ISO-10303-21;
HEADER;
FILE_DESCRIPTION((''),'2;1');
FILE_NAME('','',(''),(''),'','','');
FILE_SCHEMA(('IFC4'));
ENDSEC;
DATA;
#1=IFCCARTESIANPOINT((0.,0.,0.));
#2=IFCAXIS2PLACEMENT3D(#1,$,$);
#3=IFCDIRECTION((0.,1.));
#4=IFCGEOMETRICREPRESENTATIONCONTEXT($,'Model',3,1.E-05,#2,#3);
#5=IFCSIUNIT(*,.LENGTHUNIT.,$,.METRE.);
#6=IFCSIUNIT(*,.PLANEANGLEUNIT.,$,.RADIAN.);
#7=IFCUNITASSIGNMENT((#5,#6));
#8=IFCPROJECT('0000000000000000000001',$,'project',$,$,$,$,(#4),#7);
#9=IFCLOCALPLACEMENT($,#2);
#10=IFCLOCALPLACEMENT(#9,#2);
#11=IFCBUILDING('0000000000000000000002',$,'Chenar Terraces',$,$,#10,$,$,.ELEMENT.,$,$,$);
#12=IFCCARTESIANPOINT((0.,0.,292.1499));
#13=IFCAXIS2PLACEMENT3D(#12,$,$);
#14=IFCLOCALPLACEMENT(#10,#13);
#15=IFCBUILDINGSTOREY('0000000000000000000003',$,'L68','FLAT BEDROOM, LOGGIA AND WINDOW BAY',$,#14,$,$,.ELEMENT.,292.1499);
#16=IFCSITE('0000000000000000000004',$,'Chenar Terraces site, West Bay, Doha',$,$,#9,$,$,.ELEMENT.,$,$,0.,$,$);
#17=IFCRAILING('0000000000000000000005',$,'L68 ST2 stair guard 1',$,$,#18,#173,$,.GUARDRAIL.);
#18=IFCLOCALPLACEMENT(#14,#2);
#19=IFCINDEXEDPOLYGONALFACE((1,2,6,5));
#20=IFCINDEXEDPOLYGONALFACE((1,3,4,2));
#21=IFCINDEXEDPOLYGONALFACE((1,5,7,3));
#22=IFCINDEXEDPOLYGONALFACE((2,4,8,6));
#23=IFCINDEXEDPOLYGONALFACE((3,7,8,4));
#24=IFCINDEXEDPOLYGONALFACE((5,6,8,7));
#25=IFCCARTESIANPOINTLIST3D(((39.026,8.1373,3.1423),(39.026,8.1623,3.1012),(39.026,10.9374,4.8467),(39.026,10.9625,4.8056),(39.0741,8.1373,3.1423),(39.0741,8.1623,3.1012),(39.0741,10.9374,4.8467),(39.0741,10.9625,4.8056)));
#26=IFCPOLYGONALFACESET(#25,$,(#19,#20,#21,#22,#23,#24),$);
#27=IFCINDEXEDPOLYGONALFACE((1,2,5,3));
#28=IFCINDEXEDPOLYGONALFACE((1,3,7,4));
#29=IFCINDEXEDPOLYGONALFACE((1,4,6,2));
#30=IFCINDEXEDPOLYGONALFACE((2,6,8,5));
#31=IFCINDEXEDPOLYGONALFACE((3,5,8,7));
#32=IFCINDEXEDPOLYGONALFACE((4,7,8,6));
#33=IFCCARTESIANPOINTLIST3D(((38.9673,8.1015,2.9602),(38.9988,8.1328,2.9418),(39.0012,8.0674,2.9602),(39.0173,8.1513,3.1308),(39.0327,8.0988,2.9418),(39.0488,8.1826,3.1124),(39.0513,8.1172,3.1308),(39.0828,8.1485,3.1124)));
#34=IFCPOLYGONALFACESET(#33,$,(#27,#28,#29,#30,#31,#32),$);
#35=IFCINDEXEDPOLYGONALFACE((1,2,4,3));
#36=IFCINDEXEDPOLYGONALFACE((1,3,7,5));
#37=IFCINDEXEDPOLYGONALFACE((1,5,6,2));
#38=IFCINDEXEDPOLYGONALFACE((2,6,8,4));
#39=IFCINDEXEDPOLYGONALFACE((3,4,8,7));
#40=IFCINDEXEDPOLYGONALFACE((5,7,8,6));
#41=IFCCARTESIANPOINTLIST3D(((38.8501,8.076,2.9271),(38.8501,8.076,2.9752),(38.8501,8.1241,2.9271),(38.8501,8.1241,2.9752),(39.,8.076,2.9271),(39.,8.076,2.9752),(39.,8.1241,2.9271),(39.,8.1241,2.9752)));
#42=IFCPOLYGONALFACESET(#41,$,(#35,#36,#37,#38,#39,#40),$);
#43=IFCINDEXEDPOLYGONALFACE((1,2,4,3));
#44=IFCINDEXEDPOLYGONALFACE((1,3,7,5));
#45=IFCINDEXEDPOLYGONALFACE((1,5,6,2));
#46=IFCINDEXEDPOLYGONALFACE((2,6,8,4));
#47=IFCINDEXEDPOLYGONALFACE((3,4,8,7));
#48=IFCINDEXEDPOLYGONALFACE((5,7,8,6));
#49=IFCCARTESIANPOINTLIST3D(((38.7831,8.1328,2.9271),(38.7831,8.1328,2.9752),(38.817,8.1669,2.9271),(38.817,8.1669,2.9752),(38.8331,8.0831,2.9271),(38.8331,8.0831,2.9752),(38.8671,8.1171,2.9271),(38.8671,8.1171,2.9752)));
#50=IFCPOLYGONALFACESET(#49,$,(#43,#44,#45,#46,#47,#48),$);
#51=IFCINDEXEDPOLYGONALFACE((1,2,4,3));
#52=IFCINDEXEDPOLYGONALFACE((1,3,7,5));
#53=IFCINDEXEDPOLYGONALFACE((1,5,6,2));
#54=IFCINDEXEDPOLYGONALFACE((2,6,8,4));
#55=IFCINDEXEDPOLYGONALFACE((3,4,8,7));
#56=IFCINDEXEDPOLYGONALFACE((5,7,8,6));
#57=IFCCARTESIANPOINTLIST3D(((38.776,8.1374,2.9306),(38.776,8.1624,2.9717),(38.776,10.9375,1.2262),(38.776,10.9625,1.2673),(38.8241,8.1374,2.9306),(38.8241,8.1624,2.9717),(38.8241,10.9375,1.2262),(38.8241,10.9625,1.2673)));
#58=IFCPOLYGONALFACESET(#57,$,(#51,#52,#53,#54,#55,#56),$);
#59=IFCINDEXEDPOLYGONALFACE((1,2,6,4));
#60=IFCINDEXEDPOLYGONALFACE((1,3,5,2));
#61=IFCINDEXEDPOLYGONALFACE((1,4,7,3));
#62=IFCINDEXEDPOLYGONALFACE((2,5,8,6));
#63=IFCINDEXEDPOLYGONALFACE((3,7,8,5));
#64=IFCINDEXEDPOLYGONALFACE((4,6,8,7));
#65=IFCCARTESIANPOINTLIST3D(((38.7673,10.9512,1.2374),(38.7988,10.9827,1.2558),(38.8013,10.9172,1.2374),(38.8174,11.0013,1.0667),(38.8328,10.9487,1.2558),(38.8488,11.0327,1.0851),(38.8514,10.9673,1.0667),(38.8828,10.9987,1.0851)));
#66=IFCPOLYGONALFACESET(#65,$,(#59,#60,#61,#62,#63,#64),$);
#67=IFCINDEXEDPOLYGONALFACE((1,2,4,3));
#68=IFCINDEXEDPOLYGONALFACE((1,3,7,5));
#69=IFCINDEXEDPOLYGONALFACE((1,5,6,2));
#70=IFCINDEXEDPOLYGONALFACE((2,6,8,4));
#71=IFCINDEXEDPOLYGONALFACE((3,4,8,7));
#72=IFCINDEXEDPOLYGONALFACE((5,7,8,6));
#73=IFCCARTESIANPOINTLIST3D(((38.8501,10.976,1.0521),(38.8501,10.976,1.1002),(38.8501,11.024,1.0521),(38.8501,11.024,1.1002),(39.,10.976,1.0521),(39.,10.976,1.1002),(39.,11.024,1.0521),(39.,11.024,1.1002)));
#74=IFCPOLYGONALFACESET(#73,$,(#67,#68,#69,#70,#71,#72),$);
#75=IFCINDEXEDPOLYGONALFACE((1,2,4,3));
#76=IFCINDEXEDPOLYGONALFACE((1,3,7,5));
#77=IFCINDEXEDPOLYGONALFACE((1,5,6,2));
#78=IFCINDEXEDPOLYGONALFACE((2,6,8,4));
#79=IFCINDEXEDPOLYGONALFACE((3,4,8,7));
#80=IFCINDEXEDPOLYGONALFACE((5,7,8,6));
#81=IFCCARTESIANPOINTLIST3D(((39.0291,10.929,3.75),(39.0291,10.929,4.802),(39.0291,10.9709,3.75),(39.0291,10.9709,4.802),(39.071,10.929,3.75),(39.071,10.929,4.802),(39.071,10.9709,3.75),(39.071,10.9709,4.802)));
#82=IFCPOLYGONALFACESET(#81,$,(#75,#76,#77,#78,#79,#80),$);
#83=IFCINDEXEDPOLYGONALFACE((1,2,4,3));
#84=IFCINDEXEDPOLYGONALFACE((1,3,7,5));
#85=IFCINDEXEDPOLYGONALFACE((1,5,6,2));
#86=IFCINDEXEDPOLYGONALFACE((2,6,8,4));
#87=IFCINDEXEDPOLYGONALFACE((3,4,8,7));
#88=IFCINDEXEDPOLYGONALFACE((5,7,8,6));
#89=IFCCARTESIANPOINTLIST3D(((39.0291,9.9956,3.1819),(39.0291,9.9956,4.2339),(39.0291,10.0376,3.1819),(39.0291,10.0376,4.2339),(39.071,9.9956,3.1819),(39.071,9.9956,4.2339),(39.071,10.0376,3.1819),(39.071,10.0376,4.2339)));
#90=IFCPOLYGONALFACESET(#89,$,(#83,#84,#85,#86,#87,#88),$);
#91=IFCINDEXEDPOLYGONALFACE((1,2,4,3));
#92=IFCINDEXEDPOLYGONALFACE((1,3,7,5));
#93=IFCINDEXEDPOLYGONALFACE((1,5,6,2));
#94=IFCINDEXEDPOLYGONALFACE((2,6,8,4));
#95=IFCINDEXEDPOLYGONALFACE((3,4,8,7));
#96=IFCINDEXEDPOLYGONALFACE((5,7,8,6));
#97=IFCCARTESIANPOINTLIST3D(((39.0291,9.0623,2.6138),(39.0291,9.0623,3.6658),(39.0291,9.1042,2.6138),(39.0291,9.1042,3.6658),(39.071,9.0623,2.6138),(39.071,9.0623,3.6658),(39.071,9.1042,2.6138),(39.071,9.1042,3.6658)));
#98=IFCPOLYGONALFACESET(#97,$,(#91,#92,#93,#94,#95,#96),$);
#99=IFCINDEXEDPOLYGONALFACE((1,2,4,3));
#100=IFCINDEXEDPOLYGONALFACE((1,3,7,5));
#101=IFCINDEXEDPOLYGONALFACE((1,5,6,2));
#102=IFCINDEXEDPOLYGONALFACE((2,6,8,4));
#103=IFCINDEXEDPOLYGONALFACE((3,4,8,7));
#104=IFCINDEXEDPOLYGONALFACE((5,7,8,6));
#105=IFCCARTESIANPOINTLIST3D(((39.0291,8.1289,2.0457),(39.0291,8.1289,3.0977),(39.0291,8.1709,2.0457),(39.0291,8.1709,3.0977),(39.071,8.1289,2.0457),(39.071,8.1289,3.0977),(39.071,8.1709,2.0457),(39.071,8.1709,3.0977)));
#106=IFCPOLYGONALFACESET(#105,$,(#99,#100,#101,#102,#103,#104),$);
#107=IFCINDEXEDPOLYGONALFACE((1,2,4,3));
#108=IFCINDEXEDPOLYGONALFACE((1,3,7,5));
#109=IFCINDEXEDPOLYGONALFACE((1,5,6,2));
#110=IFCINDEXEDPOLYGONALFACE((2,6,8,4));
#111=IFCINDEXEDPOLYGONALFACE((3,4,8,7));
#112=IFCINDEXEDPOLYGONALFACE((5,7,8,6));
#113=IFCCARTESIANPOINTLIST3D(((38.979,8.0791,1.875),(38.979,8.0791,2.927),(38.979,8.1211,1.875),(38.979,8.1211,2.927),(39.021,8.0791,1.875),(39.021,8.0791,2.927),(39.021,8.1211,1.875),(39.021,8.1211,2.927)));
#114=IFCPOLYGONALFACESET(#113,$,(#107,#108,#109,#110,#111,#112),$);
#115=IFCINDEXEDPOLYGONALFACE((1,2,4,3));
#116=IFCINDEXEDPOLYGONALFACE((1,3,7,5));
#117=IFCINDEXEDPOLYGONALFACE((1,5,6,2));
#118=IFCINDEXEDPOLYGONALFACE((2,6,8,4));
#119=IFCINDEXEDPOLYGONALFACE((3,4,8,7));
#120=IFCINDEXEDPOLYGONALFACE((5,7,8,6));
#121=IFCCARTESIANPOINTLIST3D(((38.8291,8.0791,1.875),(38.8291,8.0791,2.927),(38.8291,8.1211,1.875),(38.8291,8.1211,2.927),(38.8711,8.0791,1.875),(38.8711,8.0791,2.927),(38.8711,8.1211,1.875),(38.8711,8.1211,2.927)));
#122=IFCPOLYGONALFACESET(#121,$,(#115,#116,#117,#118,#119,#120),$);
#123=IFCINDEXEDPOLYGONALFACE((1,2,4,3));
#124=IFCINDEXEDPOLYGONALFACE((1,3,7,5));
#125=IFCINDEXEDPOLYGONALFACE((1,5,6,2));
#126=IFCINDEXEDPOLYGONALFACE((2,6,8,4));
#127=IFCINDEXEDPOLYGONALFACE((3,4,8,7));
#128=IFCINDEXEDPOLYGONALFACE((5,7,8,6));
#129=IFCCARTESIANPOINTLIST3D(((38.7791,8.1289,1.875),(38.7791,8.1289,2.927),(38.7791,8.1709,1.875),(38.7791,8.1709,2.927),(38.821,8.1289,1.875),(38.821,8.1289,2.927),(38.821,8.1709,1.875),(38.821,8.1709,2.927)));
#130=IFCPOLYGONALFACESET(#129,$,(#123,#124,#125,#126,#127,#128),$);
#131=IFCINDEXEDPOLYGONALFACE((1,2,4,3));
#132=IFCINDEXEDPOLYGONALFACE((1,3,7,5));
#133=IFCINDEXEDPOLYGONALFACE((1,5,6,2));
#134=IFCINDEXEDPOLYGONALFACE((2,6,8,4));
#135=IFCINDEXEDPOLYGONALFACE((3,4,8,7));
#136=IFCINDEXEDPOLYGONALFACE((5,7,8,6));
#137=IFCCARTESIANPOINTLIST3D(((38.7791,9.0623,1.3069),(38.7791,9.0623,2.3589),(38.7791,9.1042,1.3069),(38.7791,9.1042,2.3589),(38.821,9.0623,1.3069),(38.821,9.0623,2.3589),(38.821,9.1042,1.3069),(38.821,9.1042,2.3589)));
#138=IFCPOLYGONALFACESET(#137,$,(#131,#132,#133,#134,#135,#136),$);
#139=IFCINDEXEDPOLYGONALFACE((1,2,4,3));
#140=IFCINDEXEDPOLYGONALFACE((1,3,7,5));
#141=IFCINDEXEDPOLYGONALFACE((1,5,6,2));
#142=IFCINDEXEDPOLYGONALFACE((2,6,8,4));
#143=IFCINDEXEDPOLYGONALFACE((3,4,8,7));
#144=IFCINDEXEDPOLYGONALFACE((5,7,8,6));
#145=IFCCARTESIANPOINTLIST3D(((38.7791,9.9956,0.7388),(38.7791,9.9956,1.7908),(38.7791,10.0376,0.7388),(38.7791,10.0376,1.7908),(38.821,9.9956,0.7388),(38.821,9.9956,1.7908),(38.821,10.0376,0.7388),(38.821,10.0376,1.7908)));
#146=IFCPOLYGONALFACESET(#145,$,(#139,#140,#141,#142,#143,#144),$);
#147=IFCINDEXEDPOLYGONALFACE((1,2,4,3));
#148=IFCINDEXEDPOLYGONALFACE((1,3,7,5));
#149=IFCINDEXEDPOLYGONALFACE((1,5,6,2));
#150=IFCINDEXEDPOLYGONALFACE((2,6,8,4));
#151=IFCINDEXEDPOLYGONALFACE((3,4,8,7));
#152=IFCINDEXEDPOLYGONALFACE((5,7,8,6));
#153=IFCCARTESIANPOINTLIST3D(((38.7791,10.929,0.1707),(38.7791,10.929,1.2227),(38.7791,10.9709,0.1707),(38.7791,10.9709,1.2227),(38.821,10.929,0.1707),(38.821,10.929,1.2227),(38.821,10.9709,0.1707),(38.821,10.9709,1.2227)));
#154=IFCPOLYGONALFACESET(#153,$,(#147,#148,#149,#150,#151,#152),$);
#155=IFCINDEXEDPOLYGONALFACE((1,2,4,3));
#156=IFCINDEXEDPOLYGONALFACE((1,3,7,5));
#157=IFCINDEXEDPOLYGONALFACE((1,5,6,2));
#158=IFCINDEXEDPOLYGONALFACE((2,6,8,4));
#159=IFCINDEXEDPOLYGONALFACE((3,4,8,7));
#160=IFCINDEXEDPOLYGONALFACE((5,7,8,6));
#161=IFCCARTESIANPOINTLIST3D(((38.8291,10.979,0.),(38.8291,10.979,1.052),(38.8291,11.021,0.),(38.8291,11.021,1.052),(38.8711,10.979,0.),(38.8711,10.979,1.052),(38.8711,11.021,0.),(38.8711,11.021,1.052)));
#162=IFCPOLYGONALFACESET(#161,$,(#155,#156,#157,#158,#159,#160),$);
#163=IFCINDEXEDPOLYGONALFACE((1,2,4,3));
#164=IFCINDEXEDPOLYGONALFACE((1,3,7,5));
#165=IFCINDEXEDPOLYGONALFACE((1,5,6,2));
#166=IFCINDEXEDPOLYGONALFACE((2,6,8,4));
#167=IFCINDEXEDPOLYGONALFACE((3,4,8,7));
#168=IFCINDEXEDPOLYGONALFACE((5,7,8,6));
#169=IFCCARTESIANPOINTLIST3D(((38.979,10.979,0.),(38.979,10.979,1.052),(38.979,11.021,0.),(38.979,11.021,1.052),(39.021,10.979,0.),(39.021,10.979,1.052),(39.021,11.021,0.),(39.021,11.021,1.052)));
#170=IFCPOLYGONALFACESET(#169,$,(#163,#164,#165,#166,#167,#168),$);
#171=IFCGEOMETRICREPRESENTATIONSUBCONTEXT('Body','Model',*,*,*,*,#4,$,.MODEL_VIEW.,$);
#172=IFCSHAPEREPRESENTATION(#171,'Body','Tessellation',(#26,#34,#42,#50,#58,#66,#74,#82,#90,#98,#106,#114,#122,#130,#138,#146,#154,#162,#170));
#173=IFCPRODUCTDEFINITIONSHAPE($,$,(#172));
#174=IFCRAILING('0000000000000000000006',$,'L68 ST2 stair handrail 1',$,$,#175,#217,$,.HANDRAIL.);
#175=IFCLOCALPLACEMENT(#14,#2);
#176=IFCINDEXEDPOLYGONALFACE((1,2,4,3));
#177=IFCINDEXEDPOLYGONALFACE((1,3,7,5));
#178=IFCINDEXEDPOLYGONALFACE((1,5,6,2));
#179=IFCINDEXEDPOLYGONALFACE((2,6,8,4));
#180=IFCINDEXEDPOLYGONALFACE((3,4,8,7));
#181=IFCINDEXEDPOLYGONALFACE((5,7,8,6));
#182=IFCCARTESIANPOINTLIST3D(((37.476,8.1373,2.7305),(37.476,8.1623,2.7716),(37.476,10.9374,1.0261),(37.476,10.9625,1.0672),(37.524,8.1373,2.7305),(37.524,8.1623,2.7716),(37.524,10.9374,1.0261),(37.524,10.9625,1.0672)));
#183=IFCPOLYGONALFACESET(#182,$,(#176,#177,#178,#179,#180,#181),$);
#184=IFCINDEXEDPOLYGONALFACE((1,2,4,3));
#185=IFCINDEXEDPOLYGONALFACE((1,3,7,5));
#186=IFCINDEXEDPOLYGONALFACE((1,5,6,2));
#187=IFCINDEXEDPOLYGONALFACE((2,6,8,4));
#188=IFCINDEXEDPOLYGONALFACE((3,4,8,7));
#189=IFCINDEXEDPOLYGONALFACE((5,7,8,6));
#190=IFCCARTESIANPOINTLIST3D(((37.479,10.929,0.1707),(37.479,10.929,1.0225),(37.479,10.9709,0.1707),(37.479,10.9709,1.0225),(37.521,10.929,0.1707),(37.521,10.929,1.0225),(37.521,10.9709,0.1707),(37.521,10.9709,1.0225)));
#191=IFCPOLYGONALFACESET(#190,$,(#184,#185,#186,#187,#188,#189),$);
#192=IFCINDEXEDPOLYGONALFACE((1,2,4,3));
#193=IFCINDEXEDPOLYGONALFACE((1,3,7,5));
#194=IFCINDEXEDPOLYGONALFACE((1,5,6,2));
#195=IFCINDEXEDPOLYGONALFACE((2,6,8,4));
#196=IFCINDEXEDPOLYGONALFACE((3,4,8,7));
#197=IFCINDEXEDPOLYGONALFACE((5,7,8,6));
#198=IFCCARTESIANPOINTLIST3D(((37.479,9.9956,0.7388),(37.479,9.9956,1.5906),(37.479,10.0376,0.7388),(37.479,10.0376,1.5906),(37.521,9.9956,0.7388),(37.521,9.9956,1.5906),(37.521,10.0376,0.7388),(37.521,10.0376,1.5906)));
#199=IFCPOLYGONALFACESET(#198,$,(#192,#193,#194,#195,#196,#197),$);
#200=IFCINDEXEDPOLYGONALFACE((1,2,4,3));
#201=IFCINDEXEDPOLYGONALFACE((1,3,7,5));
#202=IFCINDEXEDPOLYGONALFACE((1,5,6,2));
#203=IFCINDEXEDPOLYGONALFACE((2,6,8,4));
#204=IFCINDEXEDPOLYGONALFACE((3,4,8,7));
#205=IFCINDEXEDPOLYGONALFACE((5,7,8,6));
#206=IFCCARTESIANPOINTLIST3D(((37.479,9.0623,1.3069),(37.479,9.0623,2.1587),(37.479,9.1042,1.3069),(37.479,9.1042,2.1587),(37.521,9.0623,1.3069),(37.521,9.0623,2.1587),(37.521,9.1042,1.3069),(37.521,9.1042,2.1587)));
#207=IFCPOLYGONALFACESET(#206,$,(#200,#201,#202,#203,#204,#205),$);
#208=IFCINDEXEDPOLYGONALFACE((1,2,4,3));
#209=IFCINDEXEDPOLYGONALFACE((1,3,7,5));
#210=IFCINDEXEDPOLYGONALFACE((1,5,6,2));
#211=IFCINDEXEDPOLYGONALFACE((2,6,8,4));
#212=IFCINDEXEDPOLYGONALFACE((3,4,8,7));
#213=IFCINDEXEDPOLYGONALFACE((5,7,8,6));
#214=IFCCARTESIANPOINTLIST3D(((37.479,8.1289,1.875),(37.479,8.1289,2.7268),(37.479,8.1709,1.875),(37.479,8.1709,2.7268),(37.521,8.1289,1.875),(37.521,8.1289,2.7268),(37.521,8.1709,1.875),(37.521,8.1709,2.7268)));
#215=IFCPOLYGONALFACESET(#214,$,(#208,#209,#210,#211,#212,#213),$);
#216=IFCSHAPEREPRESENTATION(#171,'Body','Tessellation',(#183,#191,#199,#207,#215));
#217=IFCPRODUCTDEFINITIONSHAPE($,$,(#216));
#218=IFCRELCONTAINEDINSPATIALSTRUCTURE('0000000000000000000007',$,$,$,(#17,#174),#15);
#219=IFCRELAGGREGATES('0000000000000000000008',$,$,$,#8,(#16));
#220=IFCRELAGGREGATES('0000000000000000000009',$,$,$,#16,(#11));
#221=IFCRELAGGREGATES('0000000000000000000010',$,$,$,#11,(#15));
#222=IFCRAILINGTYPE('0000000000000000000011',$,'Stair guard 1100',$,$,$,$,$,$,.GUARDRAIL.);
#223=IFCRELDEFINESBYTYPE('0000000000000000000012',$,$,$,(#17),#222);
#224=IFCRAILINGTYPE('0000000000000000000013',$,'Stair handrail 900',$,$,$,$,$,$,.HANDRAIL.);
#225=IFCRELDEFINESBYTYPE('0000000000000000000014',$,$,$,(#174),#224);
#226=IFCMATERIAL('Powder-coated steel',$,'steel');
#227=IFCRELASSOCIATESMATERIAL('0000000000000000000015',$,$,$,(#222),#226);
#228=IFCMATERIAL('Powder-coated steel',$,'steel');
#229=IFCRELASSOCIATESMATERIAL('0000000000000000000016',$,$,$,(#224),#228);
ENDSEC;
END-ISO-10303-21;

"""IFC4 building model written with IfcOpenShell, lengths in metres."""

from ifc_helpers import new_model, si_unit, direction, frame, origin, origin_2d, place, context, subcontext, project, spatial, rectangle, extrude, material, type_object, element, save


model = new_model("IFC4")

# Units and contexts
model_context = context("Model", 3, precision=1e-05, world=origin(), true_north=direction((0.0, 1.0)))
body_context = subcontext(model_context, "Body", "Model", "MODEL_VIEW")
ifc_project = project(units=[si_unit("LENGTHUNIT", "METRE"), si_unit("PLANEANGLEUNIT", "RADIAN")], contexts=[model_context])

# Site, building, storey
site_placement = place(None, origin())
site = spatial("IfcSite", under=ifc_project, at=site_placement, Name="Chenar Terraces site, West Bay, Doha", CompositionType="ELEMENT", RefElevation=0.0)
building_placement = place(site_placement, origin())
building = spatial("IfcBuilding", under=site, at=building_placement, Name="Chenar Terraces", CompositionType="ELEMENT")
storey_placement = place(building_placement, frame((0.0, 0.0, 292.1499)))
storey = spatial("IfcBuildingStorey", under=building, at=storey_placement, Name="L68", Description="FLAT BEDROOM, LOGGIA AND WINDOW BAY", CompositionType="ELEMENT", Elevation=292.1499)

# Railings
ifc_material_1 = material(Name="Powder-coated steel", Category="steel")
railing_type_1 = type_object("IfcRailingType", Name="Stair guard 1100", PredefinedType="GUARDRAIL", material=ifc_material_1)
railing_1_placement = place(storey_placement, frame((39.05, 10.95, 3.75)))
element("IfcRailing", 1, at=railing_1_placement, inside=storey, type_object=railing_type_1, Name="L68 ST2 stair guard 1", PredefinedType="GUARDRAIL", context=body_context, shape_type="SweptSolid", body=[
    extrude(rectangle(XDim=0.0481, YDim=0.0481, at=origin_2d()), frame((0.0, 0.0, 1.0762), z_axis=(0.0, -0.854203, -0.51994), x_axis=(1.0, 0.0, 0.0)), (0.0, 0.0, 1.0), 3.2781),
    extrude(rectangle(XDim=0.0481, YDim=0.0481, at=origin_2d()), frame((0.0, -2.8, -0.6284), z_axis=(-0.270997, -0.269675, -0.924033), x_axis=(0.705376, -0.708834, 0.0)), (0.0, 0.0, 1.0), 0.1846),
    extrude(rectangle(XDim=0.0481, YDim=0.0481, at=origin_2d()), frame((-0.05, -2.8499, -0.7988), z_axis=(-1.0, 0.0, 0.0), x_axis=(0.0, -1.0, 0.0)), (0.0, 0.0, 1.0), 0.1499),
    extrude(rectangle(XDim=0.0481, YDim=0.0481, at=origin_2d()), frame((-0.2, -2.8499, -0.7988), z_axis=(-0.708834, 0.705376, 0.0), x_axis=(-0.705376, -0.708834, 0.0)), (0.0, 0.0, 1.0), 0.0706),
    extrude(rectangle(XDim=0.0481, YDim=0.0481, at=origin_2d()), frame((-0.25, -2.8, -0.7988), z_axis=(0.0, 0.854203, -0.51994), x_axis=(-1.0, 0.0, 0.0)), (0.0, 0.0, 1.0), 3.2781),
    extrude(rectangle(XDim=0.0481, YDim=0.0481, at=origin_2d()), frame((-0.25, 0.0, -2.5034), z_axis=(0.2709, 0.2709, -0.923703), x_axis=(-0.707107, 0.707107, 0.0)), (0.0, 0.0, 1.0), 0.1848),
    extrude(rectangle(XDim=0.0481, YDim=0.0481, at=origin_2d()), frame((-0.2, 0.05, -2.6738), z_axis=(1.0, 0.0, 0.0), x_axis=(0.0, 1.0, 0.0)), (0.0, 0.0, 1.0), 0.1499),
    extrude(rectangle(XDim=0.042, YDim=0.042, at=origin_2d()), origin(), (0.0, 0.0, 1.0), 1.052),
    extrude(rectangle(XDim=0.042, YDim=0.042, at=origin_2d()), frame((0.0, -0.9333, -0.5681)), (0.0, 0.0, 1.0), 1.052),
    extrude(rectangle(XDim=0.042, YDim=0.042, at=origin_2d()), frame((0.0, -1.8667, -1.1362)), (0.0, 0.0, 1.0), 1.052),
    extrude(rectangle(XDim=0.042, YDim=0.042, at=origin_2d()), frame((0.0, -2.8, -1.7043)), (0.0, 0.0, 1.0), 1.052),
    extrude(rectangle(XDim=0.042, YDim=0.042, at=origin_2d()), frame((-0.05, -2.8499, -1.875)), (0.0, 0.0, 1.0), 1.052),
    extrude(rectangle(XDim=0.042, YDim=0.042, at=origin_2d()), frame((-0.2, -2.8499, -1.875)), (0.0, 0.0, 1.0), 1.052),
    extrude(rectangle(XDim=0.042, YDim=0.042, at=origin_2d()), frame((-0.25, -2.8, -1.875)), (0.0, 0.0, 1.0), 1.052),
    extrude(rectangle(XDim=0.042, YDim=0.042, at=origin_2d()), frame((-0.25, -1.8667, -2.4431)), (0.0, 0.0, 1.0), 1.052),
    extrude(rectangle(XDim=0.042, YDim=0.042, at=origin_2d()), frame((-0.25, -0.9333, -3.0112)), (0.0, 0.0, 1.0), 1.052),
    extrude(rectangle(XDim=0.042, YDim=0.042, at=origin_2d()), frame((-0.25, 0.0, -3.5793)), (0.0, 0.0, 1.0), 1.052),
    extrude(rectangle(XDim=0.042, YDim=0.042, at=origin_2d()), frame((-0.2, 0.05, -3.75)), (0.0, 0.0, 1.0), 1.052),
    extrude(rectangle(XDim=0.042, YDim=0.042, at=origin_2d()), frame((-0.05, 0.05, -3.75)), (0.0, 0.0, 1.0), 1.052),
])
ifc_material_2 = material(Name="Powder-coated steel", Category="steel")
railing_type_2 = type_object("IfcRailingType", Name="Stair handrail 900", PredefinedType="HANDRAIL", material=ifc_material_2)
railing_2_placement = place(storey_placement, frame((37.5, 10.95, 0.1707)))
element("IfcRailing", 2, at=railing_2_placement, inside=storey, type_object=railing_type_2, Name="L68 ST2 stair handrail 1", PredefinedType="HANDRAIL", context=body_context, shape_type="SweptSolid", body=[
    extrude(rectangle(XDim=0.0481, YDim=0.0481, at=origin_2d()), frame((0.0, 0.0, 0.876), z_axis=(0.0, -0.854203, 0.51994), x_axis=(1.0, 0.0, 0.0)), (0.0, 0.0, 1.0), 3.2781),
    extrude(rectangle(XDim=0.042, YDim=0.042, at=origin_2d()), origin(), (0.0, 0.0, 1.0), 0.8518),
    extrude(rectangle(XDim=0.042, YDim=0.042, at=origin_2d()), frame((0.0, -0.9333, 0.5681)), (0.0, 0.0, 1.0), 0.8518),
    extrude(rectangle(XDim=0.042, YDim=0.042, at=origin_2d()), frame((0.0, -1.8667, 1.1362)), (0.0, 0.0, 1.0), 0.8518),
    extrude(rectangle(XDim=0.042, YDim=0.042, at=origin_2d()), frame((0.0, -2.8, 1.7043)), (0.0, 0.0, 1.0), 0.8518),
])

save(model, "model.ifc")
